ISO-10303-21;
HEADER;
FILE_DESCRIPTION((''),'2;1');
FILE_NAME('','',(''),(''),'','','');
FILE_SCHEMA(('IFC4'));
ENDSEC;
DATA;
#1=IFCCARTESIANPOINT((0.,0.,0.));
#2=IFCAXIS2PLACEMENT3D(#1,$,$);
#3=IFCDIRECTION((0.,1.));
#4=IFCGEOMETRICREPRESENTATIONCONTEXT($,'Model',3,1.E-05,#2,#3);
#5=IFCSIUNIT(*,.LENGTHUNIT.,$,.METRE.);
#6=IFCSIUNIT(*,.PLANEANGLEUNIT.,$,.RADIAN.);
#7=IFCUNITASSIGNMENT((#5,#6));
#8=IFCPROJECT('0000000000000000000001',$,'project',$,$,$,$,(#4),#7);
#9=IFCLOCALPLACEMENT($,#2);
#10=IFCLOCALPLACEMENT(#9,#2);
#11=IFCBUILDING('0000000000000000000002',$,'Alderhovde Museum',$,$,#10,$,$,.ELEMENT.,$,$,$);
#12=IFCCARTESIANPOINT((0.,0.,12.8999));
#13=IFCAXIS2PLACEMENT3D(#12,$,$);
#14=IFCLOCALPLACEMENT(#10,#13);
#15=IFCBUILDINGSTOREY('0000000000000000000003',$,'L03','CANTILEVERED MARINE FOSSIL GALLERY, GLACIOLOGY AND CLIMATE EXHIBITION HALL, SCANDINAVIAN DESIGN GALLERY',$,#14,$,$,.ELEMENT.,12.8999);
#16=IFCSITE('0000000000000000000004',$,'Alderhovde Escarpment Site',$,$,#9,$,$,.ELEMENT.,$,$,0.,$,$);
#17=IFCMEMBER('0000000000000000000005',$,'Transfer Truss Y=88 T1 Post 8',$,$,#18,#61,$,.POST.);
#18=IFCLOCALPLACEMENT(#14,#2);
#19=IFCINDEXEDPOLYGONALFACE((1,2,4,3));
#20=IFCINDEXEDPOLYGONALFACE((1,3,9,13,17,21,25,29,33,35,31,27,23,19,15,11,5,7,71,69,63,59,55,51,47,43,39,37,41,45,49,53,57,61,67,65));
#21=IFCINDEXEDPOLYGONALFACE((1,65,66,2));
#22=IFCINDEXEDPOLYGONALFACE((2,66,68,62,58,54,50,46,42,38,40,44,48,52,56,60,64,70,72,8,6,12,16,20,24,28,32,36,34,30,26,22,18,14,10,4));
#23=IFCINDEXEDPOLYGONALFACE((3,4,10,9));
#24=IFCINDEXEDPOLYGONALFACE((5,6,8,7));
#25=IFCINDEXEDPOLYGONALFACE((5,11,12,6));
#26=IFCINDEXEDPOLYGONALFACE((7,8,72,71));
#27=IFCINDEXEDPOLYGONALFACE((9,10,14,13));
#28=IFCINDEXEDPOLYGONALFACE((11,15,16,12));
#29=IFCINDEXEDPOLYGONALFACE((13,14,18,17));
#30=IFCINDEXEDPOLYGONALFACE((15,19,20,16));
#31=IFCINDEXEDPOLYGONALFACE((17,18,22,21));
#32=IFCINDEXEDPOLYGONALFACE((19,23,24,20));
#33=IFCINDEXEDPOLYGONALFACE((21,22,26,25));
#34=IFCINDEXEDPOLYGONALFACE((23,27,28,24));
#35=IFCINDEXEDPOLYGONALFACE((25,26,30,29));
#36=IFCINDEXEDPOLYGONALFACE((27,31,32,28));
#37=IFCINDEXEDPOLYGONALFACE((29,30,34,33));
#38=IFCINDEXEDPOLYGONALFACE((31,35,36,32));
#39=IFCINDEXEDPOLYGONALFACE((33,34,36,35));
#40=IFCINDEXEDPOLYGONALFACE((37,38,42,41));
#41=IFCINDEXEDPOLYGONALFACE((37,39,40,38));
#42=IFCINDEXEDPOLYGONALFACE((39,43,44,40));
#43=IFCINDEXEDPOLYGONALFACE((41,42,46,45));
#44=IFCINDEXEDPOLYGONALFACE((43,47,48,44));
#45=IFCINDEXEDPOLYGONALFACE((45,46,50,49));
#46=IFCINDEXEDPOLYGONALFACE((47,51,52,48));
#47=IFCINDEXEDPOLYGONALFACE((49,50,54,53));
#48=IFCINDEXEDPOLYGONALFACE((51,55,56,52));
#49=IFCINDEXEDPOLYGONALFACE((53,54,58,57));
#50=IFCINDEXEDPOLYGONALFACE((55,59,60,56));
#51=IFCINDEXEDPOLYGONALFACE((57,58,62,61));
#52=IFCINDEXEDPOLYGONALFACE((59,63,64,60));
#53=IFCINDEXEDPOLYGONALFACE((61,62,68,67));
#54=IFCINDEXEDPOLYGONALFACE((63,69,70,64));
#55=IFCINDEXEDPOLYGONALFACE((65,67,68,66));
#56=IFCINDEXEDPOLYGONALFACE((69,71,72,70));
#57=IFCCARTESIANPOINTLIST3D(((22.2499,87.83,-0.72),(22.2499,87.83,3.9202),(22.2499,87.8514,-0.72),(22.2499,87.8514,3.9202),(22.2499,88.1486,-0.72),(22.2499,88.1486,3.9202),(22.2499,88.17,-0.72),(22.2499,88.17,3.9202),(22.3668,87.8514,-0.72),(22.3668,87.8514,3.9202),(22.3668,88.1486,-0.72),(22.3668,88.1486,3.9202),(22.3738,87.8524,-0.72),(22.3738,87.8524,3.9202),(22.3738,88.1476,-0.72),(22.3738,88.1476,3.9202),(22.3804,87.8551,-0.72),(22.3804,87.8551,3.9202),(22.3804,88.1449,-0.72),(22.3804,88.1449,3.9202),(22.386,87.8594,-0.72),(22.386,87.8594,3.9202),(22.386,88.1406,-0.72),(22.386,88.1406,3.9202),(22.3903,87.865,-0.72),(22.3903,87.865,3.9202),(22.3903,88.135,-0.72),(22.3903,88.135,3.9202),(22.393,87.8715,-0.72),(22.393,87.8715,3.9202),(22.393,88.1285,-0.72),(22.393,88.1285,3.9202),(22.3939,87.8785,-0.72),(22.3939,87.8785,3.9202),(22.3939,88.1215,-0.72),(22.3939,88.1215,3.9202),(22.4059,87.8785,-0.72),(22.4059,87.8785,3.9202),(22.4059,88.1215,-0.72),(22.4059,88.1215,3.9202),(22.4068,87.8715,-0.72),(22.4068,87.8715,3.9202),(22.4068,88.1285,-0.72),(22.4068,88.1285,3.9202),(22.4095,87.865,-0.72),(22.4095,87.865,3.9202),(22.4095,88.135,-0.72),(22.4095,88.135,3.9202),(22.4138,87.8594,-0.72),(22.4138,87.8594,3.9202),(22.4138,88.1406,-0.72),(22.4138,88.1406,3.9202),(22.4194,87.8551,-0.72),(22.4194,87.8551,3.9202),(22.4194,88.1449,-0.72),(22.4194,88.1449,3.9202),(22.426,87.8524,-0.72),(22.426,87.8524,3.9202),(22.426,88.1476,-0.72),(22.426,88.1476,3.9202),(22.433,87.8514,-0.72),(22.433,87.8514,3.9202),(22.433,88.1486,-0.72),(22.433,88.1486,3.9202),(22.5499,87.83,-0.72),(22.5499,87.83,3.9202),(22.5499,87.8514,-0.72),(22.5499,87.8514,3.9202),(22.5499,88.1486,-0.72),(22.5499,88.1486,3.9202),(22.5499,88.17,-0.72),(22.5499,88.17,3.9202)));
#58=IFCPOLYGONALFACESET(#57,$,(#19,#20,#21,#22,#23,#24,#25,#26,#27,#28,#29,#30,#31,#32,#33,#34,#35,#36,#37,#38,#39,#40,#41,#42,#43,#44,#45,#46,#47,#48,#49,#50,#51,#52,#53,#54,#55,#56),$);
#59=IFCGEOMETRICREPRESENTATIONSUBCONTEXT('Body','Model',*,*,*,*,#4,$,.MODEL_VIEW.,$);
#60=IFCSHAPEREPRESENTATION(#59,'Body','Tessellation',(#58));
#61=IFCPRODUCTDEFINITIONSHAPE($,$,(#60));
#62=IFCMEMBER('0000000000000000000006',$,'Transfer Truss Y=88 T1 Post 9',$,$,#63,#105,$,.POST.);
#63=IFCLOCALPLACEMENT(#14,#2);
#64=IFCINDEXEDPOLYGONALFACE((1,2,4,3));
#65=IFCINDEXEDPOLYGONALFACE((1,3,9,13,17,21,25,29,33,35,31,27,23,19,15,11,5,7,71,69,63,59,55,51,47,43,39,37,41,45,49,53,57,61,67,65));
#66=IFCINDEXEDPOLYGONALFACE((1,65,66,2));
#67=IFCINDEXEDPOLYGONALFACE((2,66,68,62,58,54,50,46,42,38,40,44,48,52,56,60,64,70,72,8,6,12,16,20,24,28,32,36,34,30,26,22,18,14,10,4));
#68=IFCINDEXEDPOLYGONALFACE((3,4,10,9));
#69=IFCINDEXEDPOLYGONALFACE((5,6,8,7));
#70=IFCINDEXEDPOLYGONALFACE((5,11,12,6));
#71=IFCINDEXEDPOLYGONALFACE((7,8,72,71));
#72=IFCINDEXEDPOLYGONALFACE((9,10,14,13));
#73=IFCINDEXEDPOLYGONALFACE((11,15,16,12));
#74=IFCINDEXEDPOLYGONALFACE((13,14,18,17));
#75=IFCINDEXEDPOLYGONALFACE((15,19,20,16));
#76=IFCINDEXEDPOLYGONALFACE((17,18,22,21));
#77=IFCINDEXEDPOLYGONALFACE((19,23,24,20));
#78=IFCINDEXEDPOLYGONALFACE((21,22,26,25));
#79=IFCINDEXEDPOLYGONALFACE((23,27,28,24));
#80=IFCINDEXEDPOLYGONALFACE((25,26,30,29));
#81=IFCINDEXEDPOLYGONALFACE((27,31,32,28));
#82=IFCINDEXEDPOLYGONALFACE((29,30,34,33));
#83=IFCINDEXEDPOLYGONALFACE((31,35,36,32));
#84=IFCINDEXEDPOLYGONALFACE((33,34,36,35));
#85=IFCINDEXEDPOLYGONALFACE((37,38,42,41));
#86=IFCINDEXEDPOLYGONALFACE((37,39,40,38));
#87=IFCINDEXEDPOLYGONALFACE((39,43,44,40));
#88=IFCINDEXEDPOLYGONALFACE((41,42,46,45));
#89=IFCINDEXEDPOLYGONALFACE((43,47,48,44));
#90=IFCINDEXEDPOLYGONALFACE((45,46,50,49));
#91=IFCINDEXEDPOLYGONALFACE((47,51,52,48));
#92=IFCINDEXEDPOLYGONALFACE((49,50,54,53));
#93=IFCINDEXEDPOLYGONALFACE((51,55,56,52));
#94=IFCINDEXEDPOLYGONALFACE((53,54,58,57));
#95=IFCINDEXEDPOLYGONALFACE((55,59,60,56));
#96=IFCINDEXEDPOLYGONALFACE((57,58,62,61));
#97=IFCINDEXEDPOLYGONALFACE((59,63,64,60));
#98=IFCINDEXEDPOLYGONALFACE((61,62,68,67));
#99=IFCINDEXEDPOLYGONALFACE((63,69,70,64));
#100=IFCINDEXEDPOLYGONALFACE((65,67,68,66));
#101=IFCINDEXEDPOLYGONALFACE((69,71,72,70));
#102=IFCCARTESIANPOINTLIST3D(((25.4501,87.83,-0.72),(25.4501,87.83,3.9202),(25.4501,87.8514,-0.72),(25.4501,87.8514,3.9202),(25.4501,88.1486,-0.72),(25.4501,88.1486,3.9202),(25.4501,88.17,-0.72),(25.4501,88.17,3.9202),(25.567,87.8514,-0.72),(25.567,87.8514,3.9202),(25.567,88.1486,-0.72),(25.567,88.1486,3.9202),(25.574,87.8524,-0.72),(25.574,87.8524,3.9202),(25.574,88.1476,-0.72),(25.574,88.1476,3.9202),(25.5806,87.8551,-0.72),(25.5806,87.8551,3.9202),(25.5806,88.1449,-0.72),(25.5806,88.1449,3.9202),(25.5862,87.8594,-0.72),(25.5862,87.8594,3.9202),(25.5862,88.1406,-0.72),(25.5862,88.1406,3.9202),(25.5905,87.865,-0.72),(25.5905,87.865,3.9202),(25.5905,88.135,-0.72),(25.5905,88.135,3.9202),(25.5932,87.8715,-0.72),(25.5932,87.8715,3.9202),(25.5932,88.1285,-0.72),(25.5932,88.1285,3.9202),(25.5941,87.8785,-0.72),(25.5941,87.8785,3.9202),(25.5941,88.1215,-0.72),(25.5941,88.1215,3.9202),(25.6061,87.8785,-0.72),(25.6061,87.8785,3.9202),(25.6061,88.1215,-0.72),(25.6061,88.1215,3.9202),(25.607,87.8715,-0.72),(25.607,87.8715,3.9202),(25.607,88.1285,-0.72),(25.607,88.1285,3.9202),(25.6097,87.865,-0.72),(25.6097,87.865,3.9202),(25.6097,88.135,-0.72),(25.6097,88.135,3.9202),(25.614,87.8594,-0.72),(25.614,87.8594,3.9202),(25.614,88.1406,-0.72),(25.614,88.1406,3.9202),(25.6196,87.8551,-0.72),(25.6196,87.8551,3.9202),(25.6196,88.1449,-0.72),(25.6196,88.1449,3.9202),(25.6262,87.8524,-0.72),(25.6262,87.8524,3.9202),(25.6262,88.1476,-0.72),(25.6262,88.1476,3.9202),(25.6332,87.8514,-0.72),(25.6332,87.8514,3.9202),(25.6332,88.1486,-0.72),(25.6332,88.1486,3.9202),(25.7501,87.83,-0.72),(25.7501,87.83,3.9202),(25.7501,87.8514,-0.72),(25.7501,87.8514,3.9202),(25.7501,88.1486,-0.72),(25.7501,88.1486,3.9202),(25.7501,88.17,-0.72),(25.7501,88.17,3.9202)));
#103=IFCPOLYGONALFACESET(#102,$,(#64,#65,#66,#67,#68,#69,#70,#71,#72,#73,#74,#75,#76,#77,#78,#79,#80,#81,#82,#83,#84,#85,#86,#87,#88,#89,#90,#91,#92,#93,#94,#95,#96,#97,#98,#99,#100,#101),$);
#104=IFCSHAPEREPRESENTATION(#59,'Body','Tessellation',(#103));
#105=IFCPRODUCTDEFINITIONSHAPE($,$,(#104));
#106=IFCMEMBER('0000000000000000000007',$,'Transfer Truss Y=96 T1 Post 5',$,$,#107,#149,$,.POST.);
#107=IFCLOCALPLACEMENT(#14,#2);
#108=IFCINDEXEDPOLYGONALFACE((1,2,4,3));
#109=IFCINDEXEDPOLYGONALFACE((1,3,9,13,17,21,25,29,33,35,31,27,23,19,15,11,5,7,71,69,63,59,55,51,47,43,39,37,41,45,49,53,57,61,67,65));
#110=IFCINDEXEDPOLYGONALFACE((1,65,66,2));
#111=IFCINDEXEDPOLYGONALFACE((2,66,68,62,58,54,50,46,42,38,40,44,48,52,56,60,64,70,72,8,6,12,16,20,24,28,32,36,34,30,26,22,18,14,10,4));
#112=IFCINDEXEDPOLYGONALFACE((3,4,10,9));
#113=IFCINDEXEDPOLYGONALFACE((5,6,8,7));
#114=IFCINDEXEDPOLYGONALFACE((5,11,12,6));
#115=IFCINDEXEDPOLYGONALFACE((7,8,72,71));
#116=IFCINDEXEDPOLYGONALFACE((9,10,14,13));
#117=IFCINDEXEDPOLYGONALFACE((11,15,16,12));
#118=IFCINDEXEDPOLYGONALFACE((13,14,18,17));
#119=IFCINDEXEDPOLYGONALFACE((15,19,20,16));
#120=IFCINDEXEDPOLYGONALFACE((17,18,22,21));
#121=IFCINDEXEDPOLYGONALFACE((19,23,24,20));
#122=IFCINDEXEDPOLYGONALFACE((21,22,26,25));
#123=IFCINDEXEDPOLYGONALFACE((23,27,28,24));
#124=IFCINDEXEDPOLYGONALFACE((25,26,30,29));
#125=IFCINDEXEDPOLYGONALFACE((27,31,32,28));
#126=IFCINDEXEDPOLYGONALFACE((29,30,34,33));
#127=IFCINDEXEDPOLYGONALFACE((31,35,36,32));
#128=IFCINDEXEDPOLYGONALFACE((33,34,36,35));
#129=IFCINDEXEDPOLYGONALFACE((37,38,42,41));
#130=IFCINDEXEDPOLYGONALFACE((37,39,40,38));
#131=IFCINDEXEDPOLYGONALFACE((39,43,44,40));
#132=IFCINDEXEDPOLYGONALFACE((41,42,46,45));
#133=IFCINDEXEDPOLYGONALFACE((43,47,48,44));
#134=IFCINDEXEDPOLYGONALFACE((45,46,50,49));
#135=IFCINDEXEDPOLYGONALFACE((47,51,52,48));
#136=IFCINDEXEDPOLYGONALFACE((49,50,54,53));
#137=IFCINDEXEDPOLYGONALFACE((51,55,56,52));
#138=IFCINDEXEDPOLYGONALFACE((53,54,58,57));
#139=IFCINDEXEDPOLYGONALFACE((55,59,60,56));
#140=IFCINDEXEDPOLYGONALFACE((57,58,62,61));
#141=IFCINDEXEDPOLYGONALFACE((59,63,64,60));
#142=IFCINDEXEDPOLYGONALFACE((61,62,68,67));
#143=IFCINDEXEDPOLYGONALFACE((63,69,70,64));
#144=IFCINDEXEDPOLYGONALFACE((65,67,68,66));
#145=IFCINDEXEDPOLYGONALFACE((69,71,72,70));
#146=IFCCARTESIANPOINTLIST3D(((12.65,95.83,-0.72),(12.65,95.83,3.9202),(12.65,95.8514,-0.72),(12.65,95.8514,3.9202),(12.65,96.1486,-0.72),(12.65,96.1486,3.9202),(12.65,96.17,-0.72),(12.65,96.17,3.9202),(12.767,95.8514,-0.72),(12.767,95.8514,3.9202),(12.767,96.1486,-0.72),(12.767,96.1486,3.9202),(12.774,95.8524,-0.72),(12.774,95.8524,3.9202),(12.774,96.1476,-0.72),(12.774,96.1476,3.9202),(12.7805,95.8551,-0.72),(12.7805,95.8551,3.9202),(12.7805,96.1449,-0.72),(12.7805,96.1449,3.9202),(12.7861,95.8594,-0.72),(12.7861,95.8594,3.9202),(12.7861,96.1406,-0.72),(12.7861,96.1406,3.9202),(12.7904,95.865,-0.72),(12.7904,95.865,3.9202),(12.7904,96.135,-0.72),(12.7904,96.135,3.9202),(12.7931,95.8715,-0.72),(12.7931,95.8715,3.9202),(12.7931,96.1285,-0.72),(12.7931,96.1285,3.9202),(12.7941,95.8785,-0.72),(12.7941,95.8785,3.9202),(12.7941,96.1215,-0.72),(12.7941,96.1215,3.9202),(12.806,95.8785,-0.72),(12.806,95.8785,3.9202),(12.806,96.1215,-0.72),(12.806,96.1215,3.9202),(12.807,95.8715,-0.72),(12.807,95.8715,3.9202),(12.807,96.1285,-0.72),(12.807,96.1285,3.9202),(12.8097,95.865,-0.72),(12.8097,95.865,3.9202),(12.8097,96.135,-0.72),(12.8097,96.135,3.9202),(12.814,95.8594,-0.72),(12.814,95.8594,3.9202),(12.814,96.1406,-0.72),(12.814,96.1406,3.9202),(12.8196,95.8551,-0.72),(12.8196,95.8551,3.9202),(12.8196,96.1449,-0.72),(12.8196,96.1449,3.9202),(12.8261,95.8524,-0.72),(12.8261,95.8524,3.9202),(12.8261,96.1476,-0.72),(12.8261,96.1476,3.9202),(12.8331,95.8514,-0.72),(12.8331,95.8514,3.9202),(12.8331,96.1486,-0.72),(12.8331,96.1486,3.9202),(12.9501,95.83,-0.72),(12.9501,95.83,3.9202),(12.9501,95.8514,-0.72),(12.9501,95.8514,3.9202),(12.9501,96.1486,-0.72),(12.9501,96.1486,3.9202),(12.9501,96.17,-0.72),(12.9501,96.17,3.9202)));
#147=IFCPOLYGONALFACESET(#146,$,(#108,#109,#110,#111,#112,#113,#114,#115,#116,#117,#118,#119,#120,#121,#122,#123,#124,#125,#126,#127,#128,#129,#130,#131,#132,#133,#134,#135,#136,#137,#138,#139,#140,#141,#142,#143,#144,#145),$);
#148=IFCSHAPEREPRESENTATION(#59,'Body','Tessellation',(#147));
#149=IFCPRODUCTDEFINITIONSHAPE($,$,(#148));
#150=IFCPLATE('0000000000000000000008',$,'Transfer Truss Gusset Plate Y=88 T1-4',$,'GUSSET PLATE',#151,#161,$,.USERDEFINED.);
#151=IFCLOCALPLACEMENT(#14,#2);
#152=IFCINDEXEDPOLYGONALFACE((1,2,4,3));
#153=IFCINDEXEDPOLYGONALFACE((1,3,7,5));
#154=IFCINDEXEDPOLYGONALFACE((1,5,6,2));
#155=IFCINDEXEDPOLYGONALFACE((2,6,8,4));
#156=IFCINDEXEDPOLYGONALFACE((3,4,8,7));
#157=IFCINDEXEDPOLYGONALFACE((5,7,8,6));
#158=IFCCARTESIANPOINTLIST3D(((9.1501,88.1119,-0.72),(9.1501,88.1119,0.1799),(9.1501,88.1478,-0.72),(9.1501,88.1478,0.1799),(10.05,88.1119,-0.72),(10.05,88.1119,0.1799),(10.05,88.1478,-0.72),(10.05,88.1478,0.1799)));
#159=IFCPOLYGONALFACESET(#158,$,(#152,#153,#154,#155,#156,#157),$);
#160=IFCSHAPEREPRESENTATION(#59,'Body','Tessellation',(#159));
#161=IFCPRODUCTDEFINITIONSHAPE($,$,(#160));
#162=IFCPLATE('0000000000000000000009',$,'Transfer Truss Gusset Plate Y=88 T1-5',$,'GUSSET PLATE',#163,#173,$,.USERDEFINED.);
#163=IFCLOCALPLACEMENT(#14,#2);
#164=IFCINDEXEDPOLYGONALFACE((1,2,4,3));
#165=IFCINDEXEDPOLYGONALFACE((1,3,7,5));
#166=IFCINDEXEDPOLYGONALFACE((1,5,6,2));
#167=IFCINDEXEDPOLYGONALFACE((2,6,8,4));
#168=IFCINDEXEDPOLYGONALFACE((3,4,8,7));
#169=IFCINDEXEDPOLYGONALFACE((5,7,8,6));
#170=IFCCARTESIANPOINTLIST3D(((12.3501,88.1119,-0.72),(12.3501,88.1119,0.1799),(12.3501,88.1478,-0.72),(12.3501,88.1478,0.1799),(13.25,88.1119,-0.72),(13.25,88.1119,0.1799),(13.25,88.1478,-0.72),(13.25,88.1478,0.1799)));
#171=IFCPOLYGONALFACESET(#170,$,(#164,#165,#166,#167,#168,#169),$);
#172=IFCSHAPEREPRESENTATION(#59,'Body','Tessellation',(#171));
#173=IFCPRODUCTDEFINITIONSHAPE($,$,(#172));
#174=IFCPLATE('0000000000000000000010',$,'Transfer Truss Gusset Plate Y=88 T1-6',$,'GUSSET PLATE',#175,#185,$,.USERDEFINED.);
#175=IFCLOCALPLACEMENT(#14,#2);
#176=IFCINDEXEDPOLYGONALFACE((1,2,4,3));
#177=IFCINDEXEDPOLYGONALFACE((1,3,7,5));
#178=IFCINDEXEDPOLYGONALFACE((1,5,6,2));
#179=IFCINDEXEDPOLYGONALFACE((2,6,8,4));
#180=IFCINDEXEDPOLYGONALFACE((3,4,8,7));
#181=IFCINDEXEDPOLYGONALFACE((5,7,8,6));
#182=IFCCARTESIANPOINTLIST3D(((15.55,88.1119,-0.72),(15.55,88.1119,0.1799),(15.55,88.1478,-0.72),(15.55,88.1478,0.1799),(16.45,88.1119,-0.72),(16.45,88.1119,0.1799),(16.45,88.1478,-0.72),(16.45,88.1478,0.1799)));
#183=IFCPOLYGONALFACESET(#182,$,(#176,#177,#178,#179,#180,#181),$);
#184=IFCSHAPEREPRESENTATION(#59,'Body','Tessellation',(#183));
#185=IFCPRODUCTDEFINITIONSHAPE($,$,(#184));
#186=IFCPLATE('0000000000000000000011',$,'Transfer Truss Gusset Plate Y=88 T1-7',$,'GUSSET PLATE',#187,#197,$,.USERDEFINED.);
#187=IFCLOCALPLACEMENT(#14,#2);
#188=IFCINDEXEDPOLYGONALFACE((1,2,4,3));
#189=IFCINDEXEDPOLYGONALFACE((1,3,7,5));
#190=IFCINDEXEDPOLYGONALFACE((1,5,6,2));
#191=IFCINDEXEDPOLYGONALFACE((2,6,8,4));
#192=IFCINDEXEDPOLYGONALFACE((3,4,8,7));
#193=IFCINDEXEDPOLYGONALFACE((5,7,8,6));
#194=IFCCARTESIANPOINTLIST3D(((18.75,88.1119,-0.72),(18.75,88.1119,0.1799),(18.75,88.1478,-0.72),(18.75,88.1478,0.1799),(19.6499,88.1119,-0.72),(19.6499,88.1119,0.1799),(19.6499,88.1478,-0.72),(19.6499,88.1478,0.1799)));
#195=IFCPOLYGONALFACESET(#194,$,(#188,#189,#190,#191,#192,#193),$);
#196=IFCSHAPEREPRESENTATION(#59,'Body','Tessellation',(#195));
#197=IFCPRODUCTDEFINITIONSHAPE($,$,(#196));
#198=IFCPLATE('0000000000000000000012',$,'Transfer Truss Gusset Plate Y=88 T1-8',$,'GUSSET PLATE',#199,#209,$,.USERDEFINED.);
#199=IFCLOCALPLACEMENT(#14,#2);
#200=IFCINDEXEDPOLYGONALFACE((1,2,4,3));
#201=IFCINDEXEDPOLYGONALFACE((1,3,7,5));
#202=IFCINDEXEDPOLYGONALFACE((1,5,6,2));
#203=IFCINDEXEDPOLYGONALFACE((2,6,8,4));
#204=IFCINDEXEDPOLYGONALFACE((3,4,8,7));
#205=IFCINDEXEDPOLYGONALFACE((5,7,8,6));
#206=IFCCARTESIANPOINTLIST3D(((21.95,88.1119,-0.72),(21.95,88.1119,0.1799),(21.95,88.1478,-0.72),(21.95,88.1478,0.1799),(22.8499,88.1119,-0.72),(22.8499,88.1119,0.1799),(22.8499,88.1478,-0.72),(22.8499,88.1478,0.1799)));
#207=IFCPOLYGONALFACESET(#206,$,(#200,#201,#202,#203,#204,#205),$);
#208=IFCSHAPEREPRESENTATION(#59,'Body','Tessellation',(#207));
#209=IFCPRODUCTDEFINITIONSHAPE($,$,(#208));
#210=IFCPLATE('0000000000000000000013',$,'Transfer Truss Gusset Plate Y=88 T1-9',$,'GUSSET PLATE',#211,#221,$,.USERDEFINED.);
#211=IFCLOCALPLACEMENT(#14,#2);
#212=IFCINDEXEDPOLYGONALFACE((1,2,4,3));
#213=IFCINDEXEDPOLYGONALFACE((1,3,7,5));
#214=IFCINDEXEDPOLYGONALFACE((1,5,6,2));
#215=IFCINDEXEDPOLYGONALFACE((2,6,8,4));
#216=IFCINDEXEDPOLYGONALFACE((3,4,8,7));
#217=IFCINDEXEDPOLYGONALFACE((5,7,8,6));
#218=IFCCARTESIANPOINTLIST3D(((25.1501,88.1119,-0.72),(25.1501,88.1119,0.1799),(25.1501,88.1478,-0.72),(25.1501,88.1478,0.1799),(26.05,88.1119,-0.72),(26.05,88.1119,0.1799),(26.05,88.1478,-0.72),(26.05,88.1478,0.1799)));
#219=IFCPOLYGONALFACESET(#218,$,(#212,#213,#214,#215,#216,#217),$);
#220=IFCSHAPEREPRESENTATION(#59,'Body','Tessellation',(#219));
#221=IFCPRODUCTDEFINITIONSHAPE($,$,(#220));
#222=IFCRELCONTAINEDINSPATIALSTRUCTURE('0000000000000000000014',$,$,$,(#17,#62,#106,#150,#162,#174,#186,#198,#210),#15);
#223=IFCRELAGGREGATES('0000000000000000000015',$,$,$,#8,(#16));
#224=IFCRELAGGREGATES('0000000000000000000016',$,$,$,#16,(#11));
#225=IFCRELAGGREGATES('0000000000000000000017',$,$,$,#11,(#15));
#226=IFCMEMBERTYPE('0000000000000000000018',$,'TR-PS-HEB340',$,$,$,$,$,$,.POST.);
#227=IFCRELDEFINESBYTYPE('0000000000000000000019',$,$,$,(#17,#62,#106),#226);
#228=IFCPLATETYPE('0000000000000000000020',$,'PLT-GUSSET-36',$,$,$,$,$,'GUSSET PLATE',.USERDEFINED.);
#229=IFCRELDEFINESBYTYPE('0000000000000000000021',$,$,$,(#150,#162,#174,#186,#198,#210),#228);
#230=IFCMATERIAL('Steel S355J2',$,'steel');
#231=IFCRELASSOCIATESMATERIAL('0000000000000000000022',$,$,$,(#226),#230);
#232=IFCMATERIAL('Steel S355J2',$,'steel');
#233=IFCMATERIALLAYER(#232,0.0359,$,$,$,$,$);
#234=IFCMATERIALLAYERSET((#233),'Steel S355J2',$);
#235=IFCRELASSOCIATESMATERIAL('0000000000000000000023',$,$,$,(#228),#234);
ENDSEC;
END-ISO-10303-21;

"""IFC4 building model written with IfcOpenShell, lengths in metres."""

from ifc_helpers import new_model, si_unit, direction, frame, origin, origin_2d, place, context, subcontext, project, spatial, rectangle, i_section, extrude, material, layer, layer_set, material_profile, profile_set, type_object, element, save


model = new_model("IFC4")

# Units and contexts
model_context = context("Model", 3, precision=1e-05, world=origin(), true_north=direction((0.0, 1.0)))
body_context = subcontext(model_context, "Body", "Model", "MODEL_VIEW")
ifc_project = project(units=[si_unit("LENGTHUNIT", "METRE"), si_unit("PLANEANGLEUNIT", "RADIAN")], contexts=[model_context])

# Site, building, storey
site_placement = place(None, origin())
site = spatial("IfcSite", under=ifc_project, at=site_placement, Name="Alderhovde Escarpment Site", CompositionType="ELEMENT", RefElevation=0.0)
building_placement = place(site_placement, origin())
building = spatial("IfcBuilding", under=site, at=building_placement, Name="Alderhovde Museum", CompositionType="ELEMENT")
storey_placement = place(building_placement, frame((0.0, 0.0, 12.8999)))
storey = spatial("IfcBuildingStorey", under=building, at=storey_placement, Name="L03", Description="CANTILEVERED MARINE FOSSIL GALLERY, GLACIOLOGY AND CLIMATE EXHIBITION HALL, SCANDINAVIAN DESIGN GALLERY", CompositionType="ELEMENT", Elevation=12.8999)

# Members
ifc_material_1 = material(Name="Steel S355J2", Category="steel")
ifc_material_profile_1 = material_profile(ifc_material_1, i_section(OverallWidth=0.3, OverallDepth=0.3401, WebThickness=0.012, FlangeThickness=0.0215, FilletRadius=0.0271, at=origin_2d()), Name="HEB 340")
ifc_profile_set_1 = profile_set([ifc_material_profile_1], Name="Steel S355J2")
member_type_1 = type_object("IfcMemberType", Name="TR-PS-HEB340", PredefinedType="POST", material=ifc_profile_set_1)
for number, where, z_axis, x_axis, name in (
    (1, (22.3999, 88.0, -0.72), (0.0, 0.0, 1.0), (1.0, 0.0, 0.0), "Transfer Truss Y=88 T1 Post 8"),
    (2, (25.6001, 88.0, -0.72), (0.0, 0.0, 1.0), (1.0, 0.0, 0.0), "Transfer Truss Y=88 T1 Post 9"),
    (3, (12.8, 96.0, -0.72), (0.0, 0.0, 1.0), (1.0, 0.0, 0.0), "Transfer Truss Y=96 T1 Post 5"),
):
    element("IfcMember", number, at=place(storey_placement, frame(where, z_axis=z_axis, x_axis=x_axis)), inside=storey, type_object=member_type_1, Name=name, PredefinedType="POST", context=body_context, shape_type="SweptSolid", body=[
        extrude(i_section(OverallWidth=0.3, OverallDepth=0.3401, WebThickness=0.012, FlangeThickness=0.0215, FilletRadius=0.0271, at=origin_2d()), origin(), (0.0, 0.0, 1.0), 4.6401),
    ])

# Plates
ifc_material_2 = material(Name="Steel S355J2", Category="steel")
ifc_layer = layer(ifc_material_2, 0.0359)
ifc_layer_set = layer_set([ifc_layer], Name="Steel S355J2")
plate_type = type_object("IfcPlateType", Name="PLT-GUSSET-36", ElementType="GUSSET PLATE", PredefinedType="USERDEFINED", material=ifc_layer_set)
for number, where, z_axis, x_axis, name in (
    (4, (9.6001, 88.1299, -0.72), (0.0, 0.0, 1.0), (1.0, 0.0, 0.0), "Transfer Truss Gusset Plate Y=88 T1-4"),
    (5, (12.8, 88.1299, -0.72), (0.0, 0.0, 1.0), (1.0, 0.0, 0.0), "Transfer Truss Gusset Plate Y=88 T1-5"),
    (6, (16.0, 88.1299, -0.72), (0.0, 0.0, 1.0), (1.0, 0.0, 0.0), "Transfer Truss Gusset Plate Y=88 T1-6"),
    (7, (19.2, 88.1299, -0.72), (0.0, 0.0, 1.0), (1.0, 0.0, 0.0), "Transfer Truss Gusset Plate Y=88 T1-7"),
    (8, (22.3999, 88.1299, -0.72), (0.0, 0.0, 1.0), (1.0, 0.0, 0.0), "Transfer Truss Gusset Plate Y=88 T1-8"),
    (9, (25.6001, 88.1299, -0.72), (0.0, 0.0, 1.0), (1.0, 0.0, 0.0), "Transfer Truss Gusset Plate Y=88 T1-9"),
):
    element("IfcPlate", number, at=place(storey_placement, frame(where, z_axis=z_axis, x_axis=x_axis)), inside=storey, type_object=plate_type, Name=name, ObjectType="GUSSET PLATE", PredefinedType="USERDEFINED", context=body_context, shape_type="SweptSolid", body=[
        extrude(rectangle(XDim=0.8999, YDim=0.0359, at=origin_2d()), origin(), (0.0, 0.0, 1.0), 0.8999),
    ])

save(model, "model.ifc")
